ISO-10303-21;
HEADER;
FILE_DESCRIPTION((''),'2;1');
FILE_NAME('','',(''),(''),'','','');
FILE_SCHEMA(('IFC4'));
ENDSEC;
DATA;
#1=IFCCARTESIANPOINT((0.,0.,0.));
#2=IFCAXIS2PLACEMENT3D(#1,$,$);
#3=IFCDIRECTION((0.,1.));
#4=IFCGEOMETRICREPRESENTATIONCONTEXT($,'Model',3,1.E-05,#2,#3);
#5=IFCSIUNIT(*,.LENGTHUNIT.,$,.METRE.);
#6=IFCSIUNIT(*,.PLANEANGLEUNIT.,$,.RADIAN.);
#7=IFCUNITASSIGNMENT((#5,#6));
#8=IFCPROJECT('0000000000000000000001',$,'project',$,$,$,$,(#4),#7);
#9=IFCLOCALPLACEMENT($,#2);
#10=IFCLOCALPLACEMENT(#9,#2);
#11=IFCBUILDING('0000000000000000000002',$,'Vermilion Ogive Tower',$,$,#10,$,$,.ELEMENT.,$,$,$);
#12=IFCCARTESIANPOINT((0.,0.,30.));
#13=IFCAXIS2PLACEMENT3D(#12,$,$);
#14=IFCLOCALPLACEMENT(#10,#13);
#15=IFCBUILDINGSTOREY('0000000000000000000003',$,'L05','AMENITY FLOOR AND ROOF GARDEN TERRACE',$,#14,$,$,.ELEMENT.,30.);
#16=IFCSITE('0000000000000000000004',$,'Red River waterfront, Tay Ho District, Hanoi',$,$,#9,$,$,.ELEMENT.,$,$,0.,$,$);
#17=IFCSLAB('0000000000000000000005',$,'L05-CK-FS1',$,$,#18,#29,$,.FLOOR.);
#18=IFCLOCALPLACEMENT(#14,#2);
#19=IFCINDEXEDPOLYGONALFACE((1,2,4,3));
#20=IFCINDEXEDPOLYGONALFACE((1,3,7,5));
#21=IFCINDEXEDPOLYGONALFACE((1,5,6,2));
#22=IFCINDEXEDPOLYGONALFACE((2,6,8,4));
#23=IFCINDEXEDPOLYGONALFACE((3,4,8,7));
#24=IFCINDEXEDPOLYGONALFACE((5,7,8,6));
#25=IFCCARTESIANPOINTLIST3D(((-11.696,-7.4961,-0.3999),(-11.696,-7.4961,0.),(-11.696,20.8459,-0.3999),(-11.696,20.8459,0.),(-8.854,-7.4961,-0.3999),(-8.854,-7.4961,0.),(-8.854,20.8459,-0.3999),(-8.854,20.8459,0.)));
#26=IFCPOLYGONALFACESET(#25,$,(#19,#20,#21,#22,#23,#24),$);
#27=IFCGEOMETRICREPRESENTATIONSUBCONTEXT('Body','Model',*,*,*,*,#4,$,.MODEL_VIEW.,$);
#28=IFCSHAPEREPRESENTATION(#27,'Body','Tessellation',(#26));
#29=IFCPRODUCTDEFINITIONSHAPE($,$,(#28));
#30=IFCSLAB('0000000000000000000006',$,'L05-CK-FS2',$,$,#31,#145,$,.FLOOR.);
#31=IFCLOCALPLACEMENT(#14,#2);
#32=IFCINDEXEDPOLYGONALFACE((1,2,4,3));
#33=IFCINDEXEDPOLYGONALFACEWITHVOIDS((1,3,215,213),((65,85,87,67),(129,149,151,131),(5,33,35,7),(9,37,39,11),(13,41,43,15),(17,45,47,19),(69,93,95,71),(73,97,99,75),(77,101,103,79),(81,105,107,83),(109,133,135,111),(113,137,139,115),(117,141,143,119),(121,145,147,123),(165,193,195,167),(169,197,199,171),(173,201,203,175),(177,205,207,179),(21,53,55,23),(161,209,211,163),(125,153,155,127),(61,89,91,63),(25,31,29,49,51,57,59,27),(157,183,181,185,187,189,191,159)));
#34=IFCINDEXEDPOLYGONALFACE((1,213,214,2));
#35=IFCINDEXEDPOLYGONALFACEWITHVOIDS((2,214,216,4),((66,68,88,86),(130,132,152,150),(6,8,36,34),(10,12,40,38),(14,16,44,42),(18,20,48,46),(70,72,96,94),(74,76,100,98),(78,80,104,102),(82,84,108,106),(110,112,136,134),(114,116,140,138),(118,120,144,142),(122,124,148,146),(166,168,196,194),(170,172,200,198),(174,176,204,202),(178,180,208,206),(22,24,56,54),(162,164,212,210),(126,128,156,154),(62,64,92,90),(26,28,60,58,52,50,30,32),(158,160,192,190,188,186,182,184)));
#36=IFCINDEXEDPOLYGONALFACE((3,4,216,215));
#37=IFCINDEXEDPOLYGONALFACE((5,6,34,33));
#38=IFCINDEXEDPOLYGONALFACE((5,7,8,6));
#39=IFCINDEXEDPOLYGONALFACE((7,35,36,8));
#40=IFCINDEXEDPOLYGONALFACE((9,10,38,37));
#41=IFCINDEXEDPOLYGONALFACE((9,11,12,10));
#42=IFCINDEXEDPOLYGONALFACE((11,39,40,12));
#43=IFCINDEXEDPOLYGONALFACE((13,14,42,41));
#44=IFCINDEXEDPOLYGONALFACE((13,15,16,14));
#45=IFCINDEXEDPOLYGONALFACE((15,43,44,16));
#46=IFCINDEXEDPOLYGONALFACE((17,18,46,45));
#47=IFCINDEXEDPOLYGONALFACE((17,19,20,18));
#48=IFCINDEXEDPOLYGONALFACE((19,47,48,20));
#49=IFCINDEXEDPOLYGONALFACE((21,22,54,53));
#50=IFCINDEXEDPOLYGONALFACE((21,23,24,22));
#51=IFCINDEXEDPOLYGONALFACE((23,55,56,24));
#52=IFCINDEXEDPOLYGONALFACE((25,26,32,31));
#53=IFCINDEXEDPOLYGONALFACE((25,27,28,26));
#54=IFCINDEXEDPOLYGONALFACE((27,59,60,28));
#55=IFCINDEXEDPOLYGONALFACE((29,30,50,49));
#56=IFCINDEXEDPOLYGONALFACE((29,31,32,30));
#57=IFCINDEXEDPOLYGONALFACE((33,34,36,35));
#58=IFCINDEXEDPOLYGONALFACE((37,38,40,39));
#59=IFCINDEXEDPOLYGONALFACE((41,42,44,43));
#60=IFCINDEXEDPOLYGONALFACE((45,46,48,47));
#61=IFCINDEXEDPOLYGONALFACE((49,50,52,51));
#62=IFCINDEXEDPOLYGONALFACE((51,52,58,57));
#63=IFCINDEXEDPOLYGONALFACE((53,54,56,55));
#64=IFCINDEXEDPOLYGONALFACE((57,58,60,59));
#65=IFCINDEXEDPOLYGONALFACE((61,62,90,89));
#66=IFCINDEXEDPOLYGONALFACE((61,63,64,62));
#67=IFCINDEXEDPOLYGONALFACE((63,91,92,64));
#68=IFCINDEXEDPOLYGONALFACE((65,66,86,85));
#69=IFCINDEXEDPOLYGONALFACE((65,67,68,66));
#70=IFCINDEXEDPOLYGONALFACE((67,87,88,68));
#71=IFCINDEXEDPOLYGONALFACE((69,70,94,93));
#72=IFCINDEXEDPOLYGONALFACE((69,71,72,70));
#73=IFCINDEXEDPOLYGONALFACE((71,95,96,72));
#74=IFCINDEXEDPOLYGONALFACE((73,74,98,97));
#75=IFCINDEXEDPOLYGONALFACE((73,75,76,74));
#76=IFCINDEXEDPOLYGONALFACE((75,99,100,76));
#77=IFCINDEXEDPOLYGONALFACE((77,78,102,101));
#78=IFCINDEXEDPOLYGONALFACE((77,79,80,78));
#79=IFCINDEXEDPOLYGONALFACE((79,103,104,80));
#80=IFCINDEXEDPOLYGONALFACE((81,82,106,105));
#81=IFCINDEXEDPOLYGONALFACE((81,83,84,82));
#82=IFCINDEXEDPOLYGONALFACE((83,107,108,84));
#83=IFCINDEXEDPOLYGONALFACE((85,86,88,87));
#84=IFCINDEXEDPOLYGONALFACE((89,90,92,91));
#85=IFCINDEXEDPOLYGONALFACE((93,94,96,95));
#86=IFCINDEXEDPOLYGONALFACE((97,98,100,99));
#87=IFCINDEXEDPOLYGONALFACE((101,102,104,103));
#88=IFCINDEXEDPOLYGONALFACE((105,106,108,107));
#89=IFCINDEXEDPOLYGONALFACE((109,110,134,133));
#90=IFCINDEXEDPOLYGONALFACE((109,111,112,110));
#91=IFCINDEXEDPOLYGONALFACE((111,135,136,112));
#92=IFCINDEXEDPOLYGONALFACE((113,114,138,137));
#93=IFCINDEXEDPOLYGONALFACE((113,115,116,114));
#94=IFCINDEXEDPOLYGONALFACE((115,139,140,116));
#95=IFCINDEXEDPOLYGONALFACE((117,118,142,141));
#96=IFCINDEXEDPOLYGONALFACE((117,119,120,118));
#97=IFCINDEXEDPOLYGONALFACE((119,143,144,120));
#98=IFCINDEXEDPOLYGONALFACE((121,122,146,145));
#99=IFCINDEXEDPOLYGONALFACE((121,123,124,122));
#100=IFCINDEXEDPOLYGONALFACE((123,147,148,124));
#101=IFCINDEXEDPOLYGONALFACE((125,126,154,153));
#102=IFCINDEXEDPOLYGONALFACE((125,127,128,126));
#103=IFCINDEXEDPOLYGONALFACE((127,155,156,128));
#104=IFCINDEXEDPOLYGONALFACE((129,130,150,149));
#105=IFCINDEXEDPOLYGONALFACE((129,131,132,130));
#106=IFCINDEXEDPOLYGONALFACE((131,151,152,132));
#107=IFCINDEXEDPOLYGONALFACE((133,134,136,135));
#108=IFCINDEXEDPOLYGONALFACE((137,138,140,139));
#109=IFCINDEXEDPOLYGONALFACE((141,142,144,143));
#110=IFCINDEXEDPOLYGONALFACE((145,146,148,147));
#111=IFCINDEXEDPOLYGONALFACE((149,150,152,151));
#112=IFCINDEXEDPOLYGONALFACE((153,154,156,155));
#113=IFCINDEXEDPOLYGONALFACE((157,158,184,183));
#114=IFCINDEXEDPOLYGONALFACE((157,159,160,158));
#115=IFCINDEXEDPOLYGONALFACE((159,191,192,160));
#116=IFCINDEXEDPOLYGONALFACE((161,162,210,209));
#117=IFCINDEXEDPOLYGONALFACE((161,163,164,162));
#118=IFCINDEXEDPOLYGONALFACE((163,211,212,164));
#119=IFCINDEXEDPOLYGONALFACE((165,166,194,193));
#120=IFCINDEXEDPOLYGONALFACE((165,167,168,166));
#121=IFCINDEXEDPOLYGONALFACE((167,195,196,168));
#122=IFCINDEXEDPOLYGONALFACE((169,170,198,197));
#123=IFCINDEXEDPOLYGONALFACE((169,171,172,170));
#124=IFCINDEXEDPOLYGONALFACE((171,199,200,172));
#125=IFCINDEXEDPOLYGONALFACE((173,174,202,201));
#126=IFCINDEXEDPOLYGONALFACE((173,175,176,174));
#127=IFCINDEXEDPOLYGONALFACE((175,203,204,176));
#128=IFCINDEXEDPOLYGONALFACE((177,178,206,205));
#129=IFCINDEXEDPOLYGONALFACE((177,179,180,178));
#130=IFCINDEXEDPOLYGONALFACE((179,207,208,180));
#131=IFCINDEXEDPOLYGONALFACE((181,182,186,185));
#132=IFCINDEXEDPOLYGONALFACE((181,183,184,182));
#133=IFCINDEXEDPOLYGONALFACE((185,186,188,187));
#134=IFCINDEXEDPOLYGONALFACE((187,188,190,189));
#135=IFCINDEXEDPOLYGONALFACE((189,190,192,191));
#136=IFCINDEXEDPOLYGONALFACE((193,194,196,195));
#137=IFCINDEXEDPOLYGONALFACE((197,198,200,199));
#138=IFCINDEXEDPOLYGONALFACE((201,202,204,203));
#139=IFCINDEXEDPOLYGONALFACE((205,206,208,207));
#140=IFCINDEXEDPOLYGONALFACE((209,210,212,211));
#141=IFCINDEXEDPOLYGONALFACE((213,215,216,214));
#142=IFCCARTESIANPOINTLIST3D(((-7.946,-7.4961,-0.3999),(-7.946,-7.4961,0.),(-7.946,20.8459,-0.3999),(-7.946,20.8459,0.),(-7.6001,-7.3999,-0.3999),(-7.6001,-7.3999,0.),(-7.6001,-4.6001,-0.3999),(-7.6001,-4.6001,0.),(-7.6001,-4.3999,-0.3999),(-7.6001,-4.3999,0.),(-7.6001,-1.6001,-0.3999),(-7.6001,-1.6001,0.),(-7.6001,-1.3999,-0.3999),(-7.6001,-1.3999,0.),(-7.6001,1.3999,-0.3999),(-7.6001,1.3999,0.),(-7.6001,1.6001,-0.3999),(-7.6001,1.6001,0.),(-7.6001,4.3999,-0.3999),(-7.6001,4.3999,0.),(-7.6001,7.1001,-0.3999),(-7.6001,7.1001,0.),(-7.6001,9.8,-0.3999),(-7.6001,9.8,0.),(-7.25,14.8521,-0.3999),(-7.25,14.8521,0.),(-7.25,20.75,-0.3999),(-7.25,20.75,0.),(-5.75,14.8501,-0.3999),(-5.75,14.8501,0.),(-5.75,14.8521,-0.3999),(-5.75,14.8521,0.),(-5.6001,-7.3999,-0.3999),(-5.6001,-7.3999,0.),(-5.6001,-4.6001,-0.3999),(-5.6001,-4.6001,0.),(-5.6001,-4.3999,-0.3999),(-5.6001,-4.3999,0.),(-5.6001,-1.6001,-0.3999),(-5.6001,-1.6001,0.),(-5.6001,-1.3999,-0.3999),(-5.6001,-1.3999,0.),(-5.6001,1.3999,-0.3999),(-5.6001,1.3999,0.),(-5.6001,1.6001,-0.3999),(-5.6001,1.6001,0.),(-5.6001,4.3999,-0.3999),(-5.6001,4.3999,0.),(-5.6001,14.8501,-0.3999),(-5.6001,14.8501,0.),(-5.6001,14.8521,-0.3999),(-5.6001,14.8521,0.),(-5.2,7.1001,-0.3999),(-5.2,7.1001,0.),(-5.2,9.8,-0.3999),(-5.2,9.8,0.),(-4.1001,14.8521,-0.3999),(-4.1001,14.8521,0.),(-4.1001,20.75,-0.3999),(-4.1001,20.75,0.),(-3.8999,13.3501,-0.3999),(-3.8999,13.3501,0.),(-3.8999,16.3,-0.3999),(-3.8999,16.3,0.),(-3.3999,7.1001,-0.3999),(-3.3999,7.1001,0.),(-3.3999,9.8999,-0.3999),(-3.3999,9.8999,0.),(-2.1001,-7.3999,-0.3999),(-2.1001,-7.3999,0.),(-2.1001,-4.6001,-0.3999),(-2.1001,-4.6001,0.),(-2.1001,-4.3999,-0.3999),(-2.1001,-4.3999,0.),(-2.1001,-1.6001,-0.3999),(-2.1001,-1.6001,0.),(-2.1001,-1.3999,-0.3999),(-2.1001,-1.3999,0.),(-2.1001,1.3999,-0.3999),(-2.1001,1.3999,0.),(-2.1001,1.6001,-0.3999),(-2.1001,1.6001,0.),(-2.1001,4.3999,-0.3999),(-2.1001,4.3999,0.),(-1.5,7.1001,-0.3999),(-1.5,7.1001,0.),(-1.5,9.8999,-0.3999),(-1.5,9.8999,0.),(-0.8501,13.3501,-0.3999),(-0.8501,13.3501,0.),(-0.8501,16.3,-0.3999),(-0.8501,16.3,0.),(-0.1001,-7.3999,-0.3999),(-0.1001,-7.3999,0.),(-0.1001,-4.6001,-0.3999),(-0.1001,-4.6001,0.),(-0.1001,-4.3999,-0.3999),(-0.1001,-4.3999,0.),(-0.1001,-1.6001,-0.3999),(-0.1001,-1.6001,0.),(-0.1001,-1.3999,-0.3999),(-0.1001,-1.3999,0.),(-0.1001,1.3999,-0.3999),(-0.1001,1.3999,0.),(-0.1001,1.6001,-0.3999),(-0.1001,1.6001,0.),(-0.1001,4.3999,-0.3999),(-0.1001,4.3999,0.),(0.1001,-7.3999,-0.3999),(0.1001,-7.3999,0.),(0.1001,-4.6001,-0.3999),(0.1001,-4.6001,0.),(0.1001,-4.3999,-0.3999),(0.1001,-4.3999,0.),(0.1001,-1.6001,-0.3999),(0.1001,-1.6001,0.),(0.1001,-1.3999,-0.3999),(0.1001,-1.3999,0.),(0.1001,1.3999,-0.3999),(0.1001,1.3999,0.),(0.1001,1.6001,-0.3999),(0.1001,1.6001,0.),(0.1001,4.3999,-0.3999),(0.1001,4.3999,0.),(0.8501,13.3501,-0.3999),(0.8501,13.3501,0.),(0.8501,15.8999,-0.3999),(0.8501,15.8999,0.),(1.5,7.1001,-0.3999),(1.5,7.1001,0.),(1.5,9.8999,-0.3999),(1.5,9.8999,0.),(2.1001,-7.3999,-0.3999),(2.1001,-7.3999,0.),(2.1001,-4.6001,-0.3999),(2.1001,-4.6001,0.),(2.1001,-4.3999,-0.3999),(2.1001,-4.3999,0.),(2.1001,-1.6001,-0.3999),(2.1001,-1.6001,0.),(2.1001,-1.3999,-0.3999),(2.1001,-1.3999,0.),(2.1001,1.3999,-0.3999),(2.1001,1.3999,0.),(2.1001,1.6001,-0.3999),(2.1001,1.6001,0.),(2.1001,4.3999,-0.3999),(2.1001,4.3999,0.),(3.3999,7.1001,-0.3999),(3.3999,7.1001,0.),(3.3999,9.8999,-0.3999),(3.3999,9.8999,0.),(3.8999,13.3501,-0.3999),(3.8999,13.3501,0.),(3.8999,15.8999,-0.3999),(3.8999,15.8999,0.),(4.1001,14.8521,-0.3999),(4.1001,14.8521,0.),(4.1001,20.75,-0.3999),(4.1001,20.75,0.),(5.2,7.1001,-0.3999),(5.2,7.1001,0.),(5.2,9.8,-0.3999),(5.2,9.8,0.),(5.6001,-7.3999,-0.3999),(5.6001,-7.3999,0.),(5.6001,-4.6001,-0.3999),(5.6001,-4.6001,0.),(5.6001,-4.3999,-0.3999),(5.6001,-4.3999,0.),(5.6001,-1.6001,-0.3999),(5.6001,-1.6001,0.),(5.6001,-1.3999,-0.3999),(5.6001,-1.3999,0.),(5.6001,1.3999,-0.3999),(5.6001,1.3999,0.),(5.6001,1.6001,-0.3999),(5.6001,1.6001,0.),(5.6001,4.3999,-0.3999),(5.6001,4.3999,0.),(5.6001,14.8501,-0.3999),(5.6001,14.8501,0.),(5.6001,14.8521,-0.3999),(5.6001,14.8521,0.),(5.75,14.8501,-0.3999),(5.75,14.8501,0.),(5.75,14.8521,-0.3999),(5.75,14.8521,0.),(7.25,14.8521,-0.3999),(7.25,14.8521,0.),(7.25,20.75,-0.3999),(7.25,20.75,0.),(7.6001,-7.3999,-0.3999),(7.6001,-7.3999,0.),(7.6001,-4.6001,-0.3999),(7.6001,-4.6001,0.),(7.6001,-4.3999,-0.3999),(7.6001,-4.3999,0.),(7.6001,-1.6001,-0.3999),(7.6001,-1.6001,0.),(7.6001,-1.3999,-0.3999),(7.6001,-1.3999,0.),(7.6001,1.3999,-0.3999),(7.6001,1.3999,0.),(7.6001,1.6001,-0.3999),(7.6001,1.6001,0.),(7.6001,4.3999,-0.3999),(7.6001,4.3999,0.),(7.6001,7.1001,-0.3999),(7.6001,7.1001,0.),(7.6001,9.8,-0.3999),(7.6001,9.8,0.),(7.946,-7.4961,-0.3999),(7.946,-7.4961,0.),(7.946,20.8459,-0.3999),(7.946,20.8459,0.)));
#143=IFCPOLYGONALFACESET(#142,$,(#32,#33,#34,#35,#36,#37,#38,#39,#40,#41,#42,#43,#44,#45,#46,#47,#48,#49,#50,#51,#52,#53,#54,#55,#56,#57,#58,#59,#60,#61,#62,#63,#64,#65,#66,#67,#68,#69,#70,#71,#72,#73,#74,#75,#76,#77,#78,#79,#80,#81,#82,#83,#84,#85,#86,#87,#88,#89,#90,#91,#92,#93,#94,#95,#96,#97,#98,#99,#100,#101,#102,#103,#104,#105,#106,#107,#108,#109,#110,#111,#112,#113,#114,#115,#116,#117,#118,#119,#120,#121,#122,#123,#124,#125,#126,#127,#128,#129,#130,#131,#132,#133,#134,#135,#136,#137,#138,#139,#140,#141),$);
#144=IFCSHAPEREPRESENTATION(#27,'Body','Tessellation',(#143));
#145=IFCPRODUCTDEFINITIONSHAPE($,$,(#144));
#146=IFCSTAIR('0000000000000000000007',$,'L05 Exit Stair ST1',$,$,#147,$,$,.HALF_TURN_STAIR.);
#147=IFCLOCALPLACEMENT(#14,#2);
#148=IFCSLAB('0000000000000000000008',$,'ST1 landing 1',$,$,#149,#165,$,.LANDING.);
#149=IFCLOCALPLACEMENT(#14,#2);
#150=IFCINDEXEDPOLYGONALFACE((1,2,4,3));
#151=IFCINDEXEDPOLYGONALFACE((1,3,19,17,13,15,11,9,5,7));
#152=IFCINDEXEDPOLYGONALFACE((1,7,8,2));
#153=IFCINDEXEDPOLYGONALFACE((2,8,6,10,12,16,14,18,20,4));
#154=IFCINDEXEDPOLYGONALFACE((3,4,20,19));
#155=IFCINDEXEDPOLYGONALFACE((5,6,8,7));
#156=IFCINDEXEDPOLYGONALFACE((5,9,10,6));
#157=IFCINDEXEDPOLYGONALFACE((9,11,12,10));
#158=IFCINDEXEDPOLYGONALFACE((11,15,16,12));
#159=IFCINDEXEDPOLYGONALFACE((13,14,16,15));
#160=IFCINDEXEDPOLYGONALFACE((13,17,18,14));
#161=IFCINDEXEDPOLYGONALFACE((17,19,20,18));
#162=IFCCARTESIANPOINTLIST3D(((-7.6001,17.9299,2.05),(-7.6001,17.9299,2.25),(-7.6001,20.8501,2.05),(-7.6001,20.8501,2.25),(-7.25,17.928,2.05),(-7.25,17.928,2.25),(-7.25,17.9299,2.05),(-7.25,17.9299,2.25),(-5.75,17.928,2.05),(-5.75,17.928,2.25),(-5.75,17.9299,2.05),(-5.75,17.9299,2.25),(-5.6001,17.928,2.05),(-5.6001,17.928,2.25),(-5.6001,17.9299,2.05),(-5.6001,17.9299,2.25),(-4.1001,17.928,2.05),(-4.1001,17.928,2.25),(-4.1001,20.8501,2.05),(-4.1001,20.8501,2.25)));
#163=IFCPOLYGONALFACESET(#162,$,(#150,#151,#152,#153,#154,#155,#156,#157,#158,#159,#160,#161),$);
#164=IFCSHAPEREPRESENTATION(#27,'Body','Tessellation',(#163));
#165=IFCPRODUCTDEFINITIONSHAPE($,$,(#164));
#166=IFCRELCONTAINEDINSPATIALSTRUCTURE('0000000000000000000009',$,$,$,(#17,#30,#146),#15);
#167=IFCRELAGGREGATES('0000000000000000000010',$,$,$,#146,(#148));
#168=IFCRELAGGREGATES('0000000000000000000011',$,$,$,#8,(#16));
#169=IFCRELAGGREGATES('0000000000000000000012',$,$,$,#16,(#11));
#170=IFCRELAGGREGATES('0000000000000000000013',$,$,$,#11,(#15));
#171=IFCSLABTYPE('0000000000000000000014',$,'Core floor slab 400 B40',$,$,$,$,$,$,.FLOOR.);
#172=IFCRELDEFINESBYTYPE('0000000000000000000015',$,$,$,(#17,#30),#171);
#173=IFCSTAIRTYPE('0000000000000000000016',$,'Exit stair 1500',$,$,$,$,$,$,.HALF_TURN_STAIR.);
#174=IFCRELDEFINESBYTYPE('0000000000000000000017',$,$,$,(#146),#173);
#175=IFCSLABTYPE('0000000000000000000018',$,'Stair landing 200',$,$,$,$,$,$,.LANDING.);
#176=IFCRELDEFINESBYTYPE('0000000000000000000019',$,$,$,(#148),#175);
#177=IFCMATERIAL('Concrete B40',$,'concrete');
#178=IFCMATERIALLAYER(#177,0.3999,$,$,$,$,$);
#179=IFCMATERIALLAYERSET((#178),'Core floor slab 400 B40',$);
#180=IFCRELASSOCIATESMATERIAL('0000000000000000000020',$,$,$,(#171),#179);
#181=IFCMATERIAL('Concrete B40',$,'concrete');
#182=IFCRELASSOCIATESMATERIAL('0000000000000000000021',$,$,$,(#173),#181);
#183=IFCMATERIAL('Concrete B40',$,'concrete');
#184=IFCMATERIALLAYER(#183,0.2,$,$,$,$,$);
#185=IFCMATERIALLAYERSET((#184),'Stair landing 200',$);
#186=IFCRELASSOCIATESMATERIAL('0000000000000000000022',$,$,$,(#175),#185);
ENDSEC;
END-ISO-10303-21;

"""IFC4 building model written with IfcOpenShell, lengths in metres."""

from ifc_helpers import new_model, si_unit, direction, frame, origin, place, context, subcontext, project, spatial, polyline, outline, extrude, material, layer, layer_set, type_object, element, aggregate, save


model = new_model("IFC4")

# Units and contexts
model_context = context("Model", 3, precision=1e-05, world=origin(), true_north=direction((0.0, 1.0)))
body_context = subcontext(model_context, "Body", "Model", "MODEL_VIEW")
ifc_project = project(units=[si_unit("LENGTHUNIT", "METRE"), si_unit("PLANEANGLEUNIT", "RADIAN")], contexts=[model_context])

# Site, building, storey
site_placement = place(None, origin())
site = spatial("IfcSite", under=ifc_project, at=site_placement, Name="Red River waterfront, Tay Ho District, Hanoi", CompositionType="ELEMENT", RefElevation=0.0)
building_placement = place(site_placement, origin())
building = spatial("IfcBuilding", under=site, at=building_placement, Name="Vermilion Ogive Tower", CompositionType="ELEMENT")
storey_placement = place(building_placement, frame((0.0, 0.0, 30.0)))
storey = spatial("IfcBuildingStorey", under=building, at=storey_placement, Name="L05", Description="AMENITY FLOOR AND ROOF GARDEN TERRACE", CompositionType="ELEMENT", Elevation=30.0)

# Slabs
ifc_material_1 = material(Name="Concrete B40", Category="concrete")
ifc_layer_1 = layer(ifc_material_1, 0.3999)
ifc_layer_set_1 = layer_set([ifc_layer_1], Name="Core floor slab 400 B40")
slab_type_1 = type_object("IfcSlabType", Name="Core floor slab 400 B40", PredefinedType="FLOOR", material=ifc_layer_set_1)
slab_1_placement = place(storey_placement, frame((0.0, 0.0, -0.3999)))
element("IfcSlab", 1, at=slab_1_placement, inside=storey, type_object=slab_type_1, Name="L05-CK-FS1", PredefinedType="FLOOR", context=body_context, shape_type="SweptSolid", body=[
    extrude(outline(polyline([(-8.854, -7.4961), (-11.696, -7.4961), (-11.696, 20.8459), (-8.854, 20.8459), (-8.854, -7.4961)])), origin(), (0.0, 0.0, 1.0), 0.3999),
])
slab_2_placement = place(storey_placement, frame((0.0, 0.0, -0.3999)))
element("IfcSlab", 2, at=slab_2_placement, inside=storey, type_object=slab_type_1, Name="L05-CK-FS2", PredefinedType="FLOOR", context=body_context, shape_type="SweptSolid", body=[
    extrude(outline(polyline([(-7.946, 20.8459), (-7.946, -7.4961), (7.946, -7.4961), (7.946, 20.8459), (-7.946, 20.8459)]), holes=[polyline([(-5.6001, -7.3999), (-7.6001, -7.3999), (-7.6001, -4.6001), (-5.6001, -4.6001), (-5.6001, -7.3999)]), polyline([(-0.1001, -7.3999), (-2.1001, -7.3999), (-2.1001, -4.6001), (-0.1001, -4.6001), (-0.1001, -7.3999)]), polyline([(-5.6001, -4.3999), (-7.6001, -4.3999), (-7.6001, -1.6001), (-5.6001, -1.6001), (-5.6001, -4.3999)]), polyline([(-0.1001, -4.3999), (-2.1001, -4.3999), (-2.1001, -1.6001), (-0.1001, -1.6001), (-0.1001, -4.3999)]), polyline([(-5.6001, -1.3999), (-7.6001, -1.3999), (-7.6001, 1.3999), (-5.6001, 1.3999), (-5.6001, -1.3999)]), polyline([(-0.1001, -1.3999), (-2.1001, -1.3999), (-2.1001, 1.3999), (-0.1001, 1.3999), (-0.1001, -1.3999)]), polyline([(-5.6001, 1.6001), (-7.6001, 1.6001), (-7.6001, 4.3999), (-5.6001, 4.3999), (-5.6001, 1.6001)]), polyline([(-0.1001, 1.6001), (-2.1001, 1.6001), (-2.1001, 4.3999), (-0.1001, 4.3999), (-0.1001, 1.6001)]), polyline([(-5.2, 7.1001), (-7.6001, 7.1001), (-7.6001, 9.8), (-5.2, 9.8), (-5.2, 7.1001)]), polyline([(-1.5, 7.1001), (-3.3999, 7.1001), (-3.3999, 9.8999), (-1.5, 9.8999), (-1.5, 7.1001)]), polyline([(-0.8501, 13.3501), (-3.8999, 13.3501), (-3.8999, 16.3), (-0.8501, 16.3), (-0.8501, 13.3501)]), polyline([(-7.25, 14.8521), (-7.25, 20.75), (-4.1001, 20.75), (-4.1001, 14.8521), (-5.6001, 14.8521), (-5.6001, 14.8501), (-5.75, 14.8501), (-5.75, 14.8521), (-7.25, 14.8521)]), polyline([(2.1001, -7.3999), (0.1001, -7.3999), (0.1001, -4.6001), (2.1001, -4.6001), (2.1001, -7.3999)]), polyline([(7.6001, -7.3999), (5.6001, -7.3999), (5.6001, -4.6001), (7.6001, -4.6001), (7.6001, -7.3999)]), polyline([(2.1001, -4.3999), (0.1001, -4.3999), (0.1001, -1.6001), (2.1001, -1.6001), (2.1001, -4.3999)]), polyline([(5.6001, -4.3999), (5.6001, -1.6001), (7.6001, -1.6001), (7.6001, -4.3999), (5.6001, -4.3999)]), polyline([(2.1001, -1.3999), (0.1001, -1.3999), (0.1001, 1.3999), (2.1001, 1.3999), (2.1001, -1.3999)]), polyline([(7.6001, -1.3999), (5.6001, -1.3999), (5.6001, 1.3999), (7.6001, 1.3999), (7.6001, -1.3999)]), polyline([(7.6001, 1.6001), (5.6001, 1.6001), (5.6001, 4.3999), (7.6001, 4.3999), (7.6001, 1.6001)]), polyline([(2.1001, 1.6001), (0.1001, 1.6001), (0.1001, 4.3999), (2.1001, 4.3999), (2.1001, 1.6001)]), polyline([(7.6001, 7.1001), (5.2, 7.1001), (5.2, 9.8), (7.6001, 9.8), (7.6001, 7.1001)]), polyline([(3.3999, 7.1001), (1.5, 7.1001), (1.5, 9.8999), (3.3999, 9.8999), (3.3999, 7.1001)]), polyline([(3.8999, 13.3501), (0.8501, 13.3501), (0.8501, 15.8999), (3.8999, 15.8999), (3.8999, 13.3501)]), polyline([(5.75, 14.8501), (5.6001, 14.8501), (5.6001, 14.8521), (4.1001, 14.8521), (4.1001, 20.75), (7.25, 20.75), (7.25, 14.8521), (5.75, 14.8521), (5.75, 14.8501)])]), origin(), (0.0, 0.0, 1.0), 0.3999),
])

# Stair, slab
ifc_material_2 = material(Name="Concrete B40", Category="concrete")
stair_type = type_object("IfcStairType", Name="Exit stair 1500", PredefinedType="HALF_TURN_STAIR", material=ifc_material_2)
stair_1_placement = place(storey_placement, origin())
stair_1 = element("IfcStair", 3, at=stair_1_placement, inside=storey, type_object=stair_type, Name="L05 Exit Stair ST1", PredefinedType="HALF_TURN_STAIR")
ifc_material_3 = material(Name="Concrete B40", Category="concrete")
ifc_layer_2 = layer(ifc_material_3, 0.2)
ifc_layer_set_2 = layer_set([ifc_layer_2], Name="Stair landing 200")
slab_type_2 = type_object("IfcSlabType", Name="Stair landing 200", PredefinedType="LANDING", material=ifc_layer_set_2)
slab_3_placement = place(storey_placement, frame((0.0, 0.0, 2.05)))
slab_3 = element("IfcSlab", 4, at=slab_3_placement, type_object=slab_type_2, Name="ST1 landing 1", PredefinedType="LANDING", context=body_context, shape_type="SweptSolid", body=[
    extrude(outline(polyline([(-7.6001, 17.9299), (-7.25, 17.9299), (-7.25, 17.928), (-5.75, 17.928), (-5.75, 17.9299), (-5.6001, 17.9299), (-5.6001, 17.928), (-4.1001, 17.928), (-4.1001, 20.8501), (-7.6001, 20.8501), (-7.6001, 17.9299)])), origin(), (0.0, 0.0, 1.0), 0.2),
])
aggregate(stair_1, [slab_3])

save(model, "model.ifc")
